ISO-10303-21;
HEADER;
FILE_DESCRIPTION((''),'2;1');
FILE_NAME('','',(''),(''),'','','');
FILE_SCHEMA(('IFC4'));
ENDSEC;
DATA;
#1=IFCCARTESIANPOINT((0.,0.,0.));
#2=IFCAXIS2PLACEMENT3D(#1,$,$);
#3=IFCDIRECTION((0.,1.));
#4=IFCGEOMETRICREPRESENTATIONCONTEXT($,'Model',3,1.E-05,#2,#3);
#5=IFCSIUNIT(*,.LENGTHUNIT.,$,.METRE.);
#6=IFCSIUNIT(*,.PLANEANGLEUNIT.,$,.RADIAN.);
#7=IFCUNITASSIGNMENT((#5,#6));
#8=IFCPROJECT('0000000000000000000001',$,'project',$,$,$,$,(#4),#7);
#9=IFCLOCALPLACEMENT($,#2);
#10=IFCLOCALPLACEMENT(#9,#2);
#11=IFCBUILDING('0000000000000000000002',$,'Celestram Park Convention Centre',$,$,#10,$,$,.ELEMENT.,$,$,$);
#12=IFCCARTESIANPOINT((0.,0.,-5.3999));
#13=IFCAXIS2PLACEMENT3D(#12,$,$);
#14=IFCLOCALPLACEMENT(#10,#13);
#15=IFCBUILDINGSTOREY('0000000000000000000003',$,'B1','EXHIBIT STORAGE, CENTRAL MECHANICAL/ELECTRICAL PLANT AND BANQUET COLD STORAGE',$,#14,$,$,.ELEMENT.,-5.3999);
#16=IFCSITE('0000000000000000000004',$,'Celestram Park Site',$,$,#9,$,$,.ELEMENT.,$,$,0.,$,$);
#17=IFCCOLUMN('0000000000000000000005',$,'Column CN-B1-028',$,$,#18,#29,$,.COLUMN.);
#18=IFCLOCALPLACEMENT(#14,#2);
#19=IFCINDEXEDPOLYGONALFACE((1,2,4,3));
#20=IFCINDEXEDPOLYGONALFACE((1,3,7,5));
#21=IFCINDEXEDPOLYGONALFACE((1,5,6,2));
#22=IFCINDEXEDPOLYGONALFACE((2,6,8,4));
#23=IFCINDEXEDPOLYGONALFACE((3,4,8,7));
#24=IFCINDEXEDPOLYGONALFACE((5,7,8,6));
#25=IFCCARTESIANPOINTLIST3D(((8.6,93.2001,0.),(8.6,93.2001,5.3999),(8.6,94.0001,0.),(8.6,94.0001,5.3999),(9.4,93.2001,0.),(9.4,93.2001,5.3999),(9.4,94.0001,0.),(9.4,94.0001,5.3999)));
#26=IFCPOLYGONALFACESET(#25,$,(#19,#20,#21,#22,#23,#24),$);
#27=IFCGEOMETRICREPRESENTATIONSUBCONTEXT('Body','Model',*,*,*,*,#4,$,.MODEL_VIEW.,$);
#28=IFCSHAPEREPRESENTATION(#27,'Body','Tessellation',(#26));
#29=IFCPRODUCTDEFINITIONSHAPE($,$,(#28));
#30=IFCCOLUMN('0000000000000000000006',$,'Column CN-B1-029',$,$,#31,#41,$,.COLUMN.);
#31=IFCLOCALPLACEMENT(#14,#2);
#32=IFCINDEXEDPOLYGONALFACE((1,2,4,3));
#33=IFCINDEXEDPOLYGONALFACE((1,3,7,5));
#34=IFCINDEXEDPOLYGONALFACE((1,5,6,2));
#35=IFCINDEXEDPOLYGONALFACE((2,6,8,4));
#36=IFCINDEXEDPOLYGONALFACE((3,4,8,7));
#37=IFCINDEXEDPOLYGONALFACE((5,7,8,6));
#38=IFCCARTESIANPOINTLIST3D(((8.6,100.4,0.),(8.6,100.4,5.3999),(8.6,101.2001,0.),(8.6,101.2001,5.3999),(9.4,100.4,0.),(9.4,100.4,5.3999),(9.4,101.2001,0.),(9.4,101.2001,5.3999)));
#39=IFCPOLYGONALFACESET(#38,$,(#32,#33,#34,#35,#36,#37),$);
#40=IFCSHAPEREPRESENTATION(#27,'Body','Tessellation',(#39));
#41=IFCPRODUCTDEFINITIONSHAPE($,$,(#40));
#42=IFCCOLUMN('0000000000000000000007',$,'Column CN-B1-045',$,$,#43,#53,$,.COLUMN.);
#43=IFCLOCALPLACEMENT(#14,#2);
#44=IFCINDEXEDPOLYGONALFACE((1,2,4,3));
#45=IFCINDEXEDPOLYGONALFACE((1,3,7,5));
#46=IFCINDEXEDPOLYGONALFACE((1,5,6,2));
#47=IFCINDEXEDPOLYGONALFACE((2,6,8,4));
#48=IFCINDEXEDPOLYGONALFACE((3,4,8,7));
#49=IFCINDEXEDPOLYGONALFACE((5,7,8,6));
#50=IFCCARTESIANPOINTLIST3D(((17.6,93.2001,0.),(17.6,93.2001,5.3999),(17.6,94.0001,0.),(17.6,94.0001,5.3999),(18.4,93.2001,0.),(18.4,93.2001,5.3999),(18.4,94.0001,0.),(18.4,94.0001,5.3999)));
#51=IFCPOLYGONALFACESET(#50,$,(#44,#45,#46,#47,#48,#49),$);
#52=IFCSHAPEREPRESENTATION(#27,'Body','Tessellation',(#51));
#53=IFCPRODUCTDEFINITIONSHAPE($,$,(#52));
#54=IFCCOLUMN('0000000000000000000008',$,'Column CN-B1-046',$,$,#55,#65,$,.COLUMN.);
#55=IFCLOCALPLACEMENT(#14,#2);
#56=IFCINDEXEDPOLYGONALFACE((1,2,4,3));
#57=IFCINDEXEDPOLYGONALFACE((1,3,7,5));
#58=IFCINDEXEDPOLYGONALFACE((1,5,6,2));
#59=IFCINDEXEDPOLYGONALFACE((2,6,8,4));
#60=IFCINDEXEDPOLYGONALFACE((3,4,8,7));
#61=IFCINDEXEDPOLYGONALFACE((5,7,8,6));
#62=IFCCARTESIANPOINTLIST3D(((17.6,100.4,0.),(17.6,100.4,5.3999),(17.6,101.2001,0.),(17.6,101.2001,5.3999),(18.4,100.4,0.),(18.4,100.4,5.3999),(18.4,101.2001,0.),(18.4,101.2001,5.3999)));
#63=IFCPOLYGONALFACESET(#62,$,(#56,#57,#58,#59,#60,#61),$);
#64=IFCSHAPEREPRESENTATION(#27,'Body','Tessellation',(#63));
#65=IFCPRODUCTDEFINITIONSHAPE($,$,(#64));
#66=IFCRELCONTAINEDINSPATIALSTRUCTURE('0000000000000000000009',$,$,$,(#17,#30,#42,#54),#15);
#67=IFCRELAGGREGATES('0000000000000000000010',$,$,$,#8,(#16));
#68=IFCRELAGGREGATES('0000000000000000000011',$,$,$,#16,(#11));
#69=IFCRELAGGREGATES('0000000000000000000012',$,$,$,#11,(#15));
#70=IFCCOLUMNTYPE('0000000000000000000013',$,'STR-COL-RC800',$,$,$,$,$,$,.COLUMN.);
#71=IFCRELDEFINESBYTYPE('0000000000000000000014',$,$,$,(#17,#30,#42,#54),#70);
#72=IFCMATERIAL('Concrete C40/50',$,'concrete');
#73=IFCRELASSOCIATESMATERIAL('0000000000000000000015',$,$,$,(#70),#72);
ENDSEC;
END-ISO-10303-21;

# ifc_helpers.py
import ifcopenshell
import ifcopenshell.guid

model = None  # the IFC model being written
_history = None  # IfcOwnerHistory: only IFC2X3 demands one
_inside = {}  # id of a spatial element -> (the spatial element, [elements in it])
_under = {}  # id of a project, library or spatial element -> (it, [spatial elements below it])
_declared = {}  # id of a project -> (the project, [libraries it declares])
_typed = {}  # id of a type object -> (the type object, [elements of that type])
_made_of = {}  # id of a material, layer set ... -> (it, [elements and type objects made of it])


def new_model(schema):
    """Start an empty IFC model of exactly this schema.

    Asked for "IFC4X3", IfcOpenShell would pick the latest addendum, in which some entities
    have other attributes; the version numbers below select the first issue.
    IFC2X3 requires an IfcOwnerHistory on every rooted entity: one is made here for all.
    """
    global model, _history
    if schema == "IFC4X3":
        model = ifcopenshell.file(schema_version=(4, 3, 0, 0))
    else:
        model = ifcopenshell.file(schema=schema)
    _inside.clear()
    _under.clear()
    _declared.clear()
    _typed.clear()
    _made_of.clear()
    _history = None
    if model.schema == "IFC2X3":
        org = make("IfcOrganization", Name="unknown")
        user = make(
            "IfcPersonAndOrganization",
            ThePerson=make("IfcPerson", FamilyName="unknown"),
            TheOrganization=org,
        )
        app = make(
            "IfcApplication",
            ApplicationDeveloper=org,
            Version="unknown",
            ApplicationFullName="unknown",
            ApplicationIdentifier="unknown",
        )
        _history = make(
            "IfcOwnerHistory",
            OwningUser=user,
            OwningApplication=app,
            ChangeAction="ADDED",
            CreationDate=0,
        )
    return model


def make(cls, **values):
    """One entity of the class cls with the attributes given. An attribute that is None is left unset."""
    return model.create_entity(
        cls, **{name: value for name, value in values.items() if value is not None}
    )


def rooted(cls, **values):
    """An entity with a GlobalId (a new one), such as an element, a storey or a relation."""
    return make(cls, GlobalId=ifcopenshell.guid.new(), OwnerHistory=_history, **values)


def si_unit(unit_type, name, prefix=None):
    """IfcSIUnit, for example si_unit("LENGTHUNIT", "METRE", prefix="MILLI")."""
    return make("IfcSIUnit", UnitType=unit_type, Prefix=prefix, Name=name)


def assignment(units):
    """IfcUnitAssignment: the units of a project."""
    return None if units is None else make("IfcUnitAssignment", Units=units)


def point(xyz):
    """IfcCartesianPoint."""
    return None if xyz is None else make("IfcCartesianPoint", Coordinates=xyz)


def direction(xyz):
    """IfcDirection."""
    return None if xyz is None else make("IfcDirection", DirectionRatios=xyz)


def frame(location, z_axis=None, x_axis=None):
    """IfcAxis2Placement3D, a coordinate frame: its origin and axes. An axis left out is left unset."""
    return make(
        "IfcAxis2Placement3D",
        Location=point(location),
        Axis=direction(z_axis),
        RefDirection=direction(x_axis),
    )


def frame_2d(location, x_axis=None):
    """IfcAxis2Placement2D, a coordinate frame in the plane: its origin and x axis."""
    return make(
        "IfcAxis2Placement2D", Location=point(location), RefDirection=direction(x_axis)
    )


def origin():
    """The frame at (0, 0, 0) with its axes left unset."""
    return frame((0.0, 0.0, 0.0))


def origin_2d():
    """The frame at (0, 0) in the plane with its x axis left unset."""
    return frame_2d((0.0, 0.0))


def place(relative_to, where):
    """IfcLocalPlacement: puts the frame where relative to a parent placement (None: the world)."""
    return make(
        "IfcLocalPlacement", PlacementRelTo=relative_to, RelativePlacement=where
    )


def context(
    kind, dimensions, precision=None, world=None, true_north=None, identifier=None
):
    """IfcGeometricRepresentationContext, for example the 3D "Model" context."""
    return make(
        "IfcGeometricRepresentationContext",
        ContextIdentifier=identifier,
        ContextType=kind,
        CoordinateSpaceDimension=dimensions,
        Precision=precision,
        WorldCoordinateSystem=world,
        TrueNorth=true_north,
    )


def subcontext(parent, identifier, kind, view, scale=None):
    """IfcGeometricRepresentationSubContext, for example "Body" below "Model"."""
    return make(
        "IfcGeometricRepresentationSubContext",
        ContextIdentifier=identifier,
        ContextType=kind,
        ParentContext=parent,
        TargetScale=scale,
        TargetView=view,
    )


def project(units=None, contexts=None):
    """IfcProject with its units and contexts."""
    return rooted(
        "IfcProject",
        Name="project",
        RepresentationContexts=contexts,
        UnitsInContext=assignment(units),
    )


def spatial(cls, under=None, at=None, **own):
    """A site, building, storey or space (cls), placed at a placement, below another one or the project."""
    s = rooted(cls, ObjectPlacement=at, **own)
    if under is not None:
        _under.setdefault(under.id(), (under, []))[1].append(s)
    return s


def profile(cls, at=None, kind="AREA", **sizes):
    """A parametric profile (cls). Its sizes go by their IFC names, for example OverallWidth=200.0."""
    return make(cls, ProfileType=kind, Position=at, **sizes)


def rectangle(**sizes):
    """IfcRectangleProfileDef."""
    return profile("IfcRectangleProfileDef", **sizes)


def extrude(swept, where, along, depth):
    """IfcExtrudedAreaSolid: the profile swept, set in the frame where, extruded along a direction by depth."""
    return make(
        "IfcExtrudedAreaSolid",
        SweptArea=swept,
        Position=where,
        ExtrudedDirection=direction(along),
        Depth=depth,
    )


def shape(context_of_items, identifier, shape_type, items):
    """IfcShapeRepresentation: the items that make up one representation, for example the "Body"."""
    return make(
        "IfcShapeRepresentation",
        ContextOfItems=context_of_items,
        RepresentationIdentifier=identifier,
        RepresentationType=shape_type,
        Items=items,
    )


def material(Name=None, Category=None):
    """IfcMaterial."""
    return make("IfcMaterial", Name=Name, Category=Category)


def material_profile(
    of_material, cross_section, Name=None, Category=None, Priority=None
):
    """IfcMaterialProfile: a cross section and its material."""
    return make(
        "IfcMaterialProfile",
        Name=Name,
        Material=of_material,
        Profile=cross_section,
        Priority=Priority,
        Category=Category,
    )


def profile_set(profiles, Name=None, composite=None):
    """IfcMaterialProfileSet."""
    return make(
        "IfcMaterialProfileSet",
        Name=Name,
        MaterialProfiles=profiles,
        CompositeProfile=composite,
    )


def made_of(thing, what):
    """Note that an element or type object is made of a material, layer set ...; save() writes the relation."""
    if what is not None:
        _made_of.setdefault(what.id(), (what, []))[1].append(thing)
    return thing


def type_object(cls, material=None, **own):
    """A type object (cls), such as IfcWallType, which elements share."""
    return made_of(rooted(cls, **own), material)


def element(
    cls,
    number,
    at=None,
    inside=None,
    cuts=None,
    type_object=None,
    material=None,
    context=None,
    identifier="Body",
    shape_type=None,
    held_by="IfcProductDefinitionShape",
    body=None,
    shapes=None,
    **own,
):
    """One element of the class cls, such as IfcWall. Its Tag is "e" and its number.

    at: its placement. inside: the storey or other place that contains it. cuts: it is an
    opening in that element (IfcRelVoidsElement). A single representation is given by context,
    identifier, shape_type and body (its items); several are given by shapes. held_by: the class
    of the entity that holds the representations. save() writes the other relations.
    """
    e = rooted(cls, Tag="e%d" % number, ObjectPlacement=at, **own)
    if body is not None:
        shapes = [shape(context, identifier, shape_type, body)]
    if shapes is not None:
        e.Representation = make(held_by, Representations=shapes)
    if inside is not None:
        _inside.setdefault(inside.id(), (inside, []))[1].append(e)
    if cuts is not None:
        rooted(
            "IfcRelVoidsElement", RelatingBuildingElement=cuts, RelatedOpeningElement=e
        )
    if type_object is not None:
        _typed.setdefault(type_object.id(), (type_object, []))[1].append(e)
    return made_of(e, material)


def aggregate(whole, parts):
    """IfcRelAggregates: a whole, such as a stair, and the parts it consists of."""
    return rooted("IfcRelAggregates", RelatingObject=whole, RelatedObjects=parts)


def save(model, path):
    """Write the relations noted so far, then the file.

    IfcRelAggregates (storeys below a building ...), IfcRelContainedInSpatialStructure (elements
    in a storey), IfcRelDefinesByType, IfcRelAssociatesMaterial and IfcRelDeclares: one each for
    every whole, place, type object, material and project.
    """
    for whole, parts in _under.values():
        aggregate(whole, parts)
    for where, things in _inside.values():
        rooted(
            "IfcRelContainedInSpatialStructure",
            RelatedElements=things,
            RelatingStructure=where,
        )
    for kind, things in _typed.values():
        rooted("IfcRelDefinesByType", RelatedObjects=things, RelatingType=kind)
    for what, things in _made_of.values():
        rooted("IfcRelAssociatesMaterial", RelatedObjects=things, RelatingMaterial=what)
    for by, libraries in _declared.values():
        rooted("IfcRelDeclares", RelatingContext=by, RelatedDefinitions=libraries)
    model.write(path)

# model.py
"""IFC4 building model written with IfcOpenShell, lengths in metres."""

from ifc_helpers import new_model, si_unit, direction, frame, origin, origin_2d, place, context, subcontext, project, spatial, rectangle, extrude, material, material_profile, profile_set, type_object, element, save


model = new_model("IFC4")

# Units and contexts
model_context = context("Model", 3, precision=1e-05, world=origin(), true_north=direction((0.0, 1.0)))
body_context = subcontext(model_context, "Body", "Model", "MODEL_VIEW")
ifc_project = project(units=[si_unit("LENGTHUNIT", "METRE"), si_unit("PLANEANGLEUNIT", "RADIAN")], contexts=[model_context])

# Site, building, storey
site_placement = place(None, origin())
site = spatial("IfcSite", under=ifc_project, at=site_placement, Name="Celestram Park Site", CompositionType="ELEMENT", RefElevation=0.0)
building_placement = place(site_placement, origin())
building = spatial("IfcBuilding", under=site, at=building_placement, Name="Celestram Park Convention Centre", CompositionType="ELEMENT")
storey_placement = place(building_placement, frame((0.0, 0.0, -5.3999)))
storey = spatial("IfcBuildingStorey", under=building, at=storey_placement, Name="B1", Description="EXHIBIT STORAGE, CENTRAL MECHANICAL/ELECTRICAL PLANT AND BANQUET COLD STORAGE", CompositionType="ELEMENT", Elevation=-5.3999)

# Shared definitions
ifc_material_1 = material(Name="Concrete C40/50", Category="concrete")

# Columns
ifc_material_profile_1 = material_profile(ifc_material_1, rectangle(XDim=0.8, YDim=0.8, at=origin_2d()), Name="RC800X800")
ifc_profile_set_1 = profile_set([ifc_material_profile_1], Name="Concrete C40/50")
column_type_1 = type_object("IfcColumnType", Name="STR-COL-RC800", PredefinedType="COLUMN", material=ifc_profile_set_1)
for number, where, z_axis, x_axis, name in (
    (1, (9.0, 93.6001, 0.0), (0.0, 0.0, 1.0), (1.0, 0.0, 0.0), "Column CN-B1-028"),
    (2, (9.0, 100.8, 0.0), (0.0, 0.0, 1.0), (1.0, 0.0, 0.0), "Column CN-B1-029"),
    (3, (18.0, 93.6001, 0.0), (0.0, 0.0, 1.0), (1.0, 0.0, 0.0), "Column CN-B1-045"),
    (4, (18.0, 100.8, 0.0), (0.0, 0.0, 1.0), (1.0, 0.0, 0.0), "Column CN-B1-046"),
):
    element("IfcColumn", number, at=place(storey_placement, frame(where, z_axis=z_axis, x_axis=x_axis)), inside=storey, type_object=column_type_1, Name=name, PredefinedType="COLUMN", context=body_context, shape_type="SweptSolid", body=[
        extrude(rectangle(XDim=0.8, YDim=0.8, at=origin_2d()), origin(), (0.0, 0.0, 1.0), 5.3999),
    ])

save(model, "model.ifc")
